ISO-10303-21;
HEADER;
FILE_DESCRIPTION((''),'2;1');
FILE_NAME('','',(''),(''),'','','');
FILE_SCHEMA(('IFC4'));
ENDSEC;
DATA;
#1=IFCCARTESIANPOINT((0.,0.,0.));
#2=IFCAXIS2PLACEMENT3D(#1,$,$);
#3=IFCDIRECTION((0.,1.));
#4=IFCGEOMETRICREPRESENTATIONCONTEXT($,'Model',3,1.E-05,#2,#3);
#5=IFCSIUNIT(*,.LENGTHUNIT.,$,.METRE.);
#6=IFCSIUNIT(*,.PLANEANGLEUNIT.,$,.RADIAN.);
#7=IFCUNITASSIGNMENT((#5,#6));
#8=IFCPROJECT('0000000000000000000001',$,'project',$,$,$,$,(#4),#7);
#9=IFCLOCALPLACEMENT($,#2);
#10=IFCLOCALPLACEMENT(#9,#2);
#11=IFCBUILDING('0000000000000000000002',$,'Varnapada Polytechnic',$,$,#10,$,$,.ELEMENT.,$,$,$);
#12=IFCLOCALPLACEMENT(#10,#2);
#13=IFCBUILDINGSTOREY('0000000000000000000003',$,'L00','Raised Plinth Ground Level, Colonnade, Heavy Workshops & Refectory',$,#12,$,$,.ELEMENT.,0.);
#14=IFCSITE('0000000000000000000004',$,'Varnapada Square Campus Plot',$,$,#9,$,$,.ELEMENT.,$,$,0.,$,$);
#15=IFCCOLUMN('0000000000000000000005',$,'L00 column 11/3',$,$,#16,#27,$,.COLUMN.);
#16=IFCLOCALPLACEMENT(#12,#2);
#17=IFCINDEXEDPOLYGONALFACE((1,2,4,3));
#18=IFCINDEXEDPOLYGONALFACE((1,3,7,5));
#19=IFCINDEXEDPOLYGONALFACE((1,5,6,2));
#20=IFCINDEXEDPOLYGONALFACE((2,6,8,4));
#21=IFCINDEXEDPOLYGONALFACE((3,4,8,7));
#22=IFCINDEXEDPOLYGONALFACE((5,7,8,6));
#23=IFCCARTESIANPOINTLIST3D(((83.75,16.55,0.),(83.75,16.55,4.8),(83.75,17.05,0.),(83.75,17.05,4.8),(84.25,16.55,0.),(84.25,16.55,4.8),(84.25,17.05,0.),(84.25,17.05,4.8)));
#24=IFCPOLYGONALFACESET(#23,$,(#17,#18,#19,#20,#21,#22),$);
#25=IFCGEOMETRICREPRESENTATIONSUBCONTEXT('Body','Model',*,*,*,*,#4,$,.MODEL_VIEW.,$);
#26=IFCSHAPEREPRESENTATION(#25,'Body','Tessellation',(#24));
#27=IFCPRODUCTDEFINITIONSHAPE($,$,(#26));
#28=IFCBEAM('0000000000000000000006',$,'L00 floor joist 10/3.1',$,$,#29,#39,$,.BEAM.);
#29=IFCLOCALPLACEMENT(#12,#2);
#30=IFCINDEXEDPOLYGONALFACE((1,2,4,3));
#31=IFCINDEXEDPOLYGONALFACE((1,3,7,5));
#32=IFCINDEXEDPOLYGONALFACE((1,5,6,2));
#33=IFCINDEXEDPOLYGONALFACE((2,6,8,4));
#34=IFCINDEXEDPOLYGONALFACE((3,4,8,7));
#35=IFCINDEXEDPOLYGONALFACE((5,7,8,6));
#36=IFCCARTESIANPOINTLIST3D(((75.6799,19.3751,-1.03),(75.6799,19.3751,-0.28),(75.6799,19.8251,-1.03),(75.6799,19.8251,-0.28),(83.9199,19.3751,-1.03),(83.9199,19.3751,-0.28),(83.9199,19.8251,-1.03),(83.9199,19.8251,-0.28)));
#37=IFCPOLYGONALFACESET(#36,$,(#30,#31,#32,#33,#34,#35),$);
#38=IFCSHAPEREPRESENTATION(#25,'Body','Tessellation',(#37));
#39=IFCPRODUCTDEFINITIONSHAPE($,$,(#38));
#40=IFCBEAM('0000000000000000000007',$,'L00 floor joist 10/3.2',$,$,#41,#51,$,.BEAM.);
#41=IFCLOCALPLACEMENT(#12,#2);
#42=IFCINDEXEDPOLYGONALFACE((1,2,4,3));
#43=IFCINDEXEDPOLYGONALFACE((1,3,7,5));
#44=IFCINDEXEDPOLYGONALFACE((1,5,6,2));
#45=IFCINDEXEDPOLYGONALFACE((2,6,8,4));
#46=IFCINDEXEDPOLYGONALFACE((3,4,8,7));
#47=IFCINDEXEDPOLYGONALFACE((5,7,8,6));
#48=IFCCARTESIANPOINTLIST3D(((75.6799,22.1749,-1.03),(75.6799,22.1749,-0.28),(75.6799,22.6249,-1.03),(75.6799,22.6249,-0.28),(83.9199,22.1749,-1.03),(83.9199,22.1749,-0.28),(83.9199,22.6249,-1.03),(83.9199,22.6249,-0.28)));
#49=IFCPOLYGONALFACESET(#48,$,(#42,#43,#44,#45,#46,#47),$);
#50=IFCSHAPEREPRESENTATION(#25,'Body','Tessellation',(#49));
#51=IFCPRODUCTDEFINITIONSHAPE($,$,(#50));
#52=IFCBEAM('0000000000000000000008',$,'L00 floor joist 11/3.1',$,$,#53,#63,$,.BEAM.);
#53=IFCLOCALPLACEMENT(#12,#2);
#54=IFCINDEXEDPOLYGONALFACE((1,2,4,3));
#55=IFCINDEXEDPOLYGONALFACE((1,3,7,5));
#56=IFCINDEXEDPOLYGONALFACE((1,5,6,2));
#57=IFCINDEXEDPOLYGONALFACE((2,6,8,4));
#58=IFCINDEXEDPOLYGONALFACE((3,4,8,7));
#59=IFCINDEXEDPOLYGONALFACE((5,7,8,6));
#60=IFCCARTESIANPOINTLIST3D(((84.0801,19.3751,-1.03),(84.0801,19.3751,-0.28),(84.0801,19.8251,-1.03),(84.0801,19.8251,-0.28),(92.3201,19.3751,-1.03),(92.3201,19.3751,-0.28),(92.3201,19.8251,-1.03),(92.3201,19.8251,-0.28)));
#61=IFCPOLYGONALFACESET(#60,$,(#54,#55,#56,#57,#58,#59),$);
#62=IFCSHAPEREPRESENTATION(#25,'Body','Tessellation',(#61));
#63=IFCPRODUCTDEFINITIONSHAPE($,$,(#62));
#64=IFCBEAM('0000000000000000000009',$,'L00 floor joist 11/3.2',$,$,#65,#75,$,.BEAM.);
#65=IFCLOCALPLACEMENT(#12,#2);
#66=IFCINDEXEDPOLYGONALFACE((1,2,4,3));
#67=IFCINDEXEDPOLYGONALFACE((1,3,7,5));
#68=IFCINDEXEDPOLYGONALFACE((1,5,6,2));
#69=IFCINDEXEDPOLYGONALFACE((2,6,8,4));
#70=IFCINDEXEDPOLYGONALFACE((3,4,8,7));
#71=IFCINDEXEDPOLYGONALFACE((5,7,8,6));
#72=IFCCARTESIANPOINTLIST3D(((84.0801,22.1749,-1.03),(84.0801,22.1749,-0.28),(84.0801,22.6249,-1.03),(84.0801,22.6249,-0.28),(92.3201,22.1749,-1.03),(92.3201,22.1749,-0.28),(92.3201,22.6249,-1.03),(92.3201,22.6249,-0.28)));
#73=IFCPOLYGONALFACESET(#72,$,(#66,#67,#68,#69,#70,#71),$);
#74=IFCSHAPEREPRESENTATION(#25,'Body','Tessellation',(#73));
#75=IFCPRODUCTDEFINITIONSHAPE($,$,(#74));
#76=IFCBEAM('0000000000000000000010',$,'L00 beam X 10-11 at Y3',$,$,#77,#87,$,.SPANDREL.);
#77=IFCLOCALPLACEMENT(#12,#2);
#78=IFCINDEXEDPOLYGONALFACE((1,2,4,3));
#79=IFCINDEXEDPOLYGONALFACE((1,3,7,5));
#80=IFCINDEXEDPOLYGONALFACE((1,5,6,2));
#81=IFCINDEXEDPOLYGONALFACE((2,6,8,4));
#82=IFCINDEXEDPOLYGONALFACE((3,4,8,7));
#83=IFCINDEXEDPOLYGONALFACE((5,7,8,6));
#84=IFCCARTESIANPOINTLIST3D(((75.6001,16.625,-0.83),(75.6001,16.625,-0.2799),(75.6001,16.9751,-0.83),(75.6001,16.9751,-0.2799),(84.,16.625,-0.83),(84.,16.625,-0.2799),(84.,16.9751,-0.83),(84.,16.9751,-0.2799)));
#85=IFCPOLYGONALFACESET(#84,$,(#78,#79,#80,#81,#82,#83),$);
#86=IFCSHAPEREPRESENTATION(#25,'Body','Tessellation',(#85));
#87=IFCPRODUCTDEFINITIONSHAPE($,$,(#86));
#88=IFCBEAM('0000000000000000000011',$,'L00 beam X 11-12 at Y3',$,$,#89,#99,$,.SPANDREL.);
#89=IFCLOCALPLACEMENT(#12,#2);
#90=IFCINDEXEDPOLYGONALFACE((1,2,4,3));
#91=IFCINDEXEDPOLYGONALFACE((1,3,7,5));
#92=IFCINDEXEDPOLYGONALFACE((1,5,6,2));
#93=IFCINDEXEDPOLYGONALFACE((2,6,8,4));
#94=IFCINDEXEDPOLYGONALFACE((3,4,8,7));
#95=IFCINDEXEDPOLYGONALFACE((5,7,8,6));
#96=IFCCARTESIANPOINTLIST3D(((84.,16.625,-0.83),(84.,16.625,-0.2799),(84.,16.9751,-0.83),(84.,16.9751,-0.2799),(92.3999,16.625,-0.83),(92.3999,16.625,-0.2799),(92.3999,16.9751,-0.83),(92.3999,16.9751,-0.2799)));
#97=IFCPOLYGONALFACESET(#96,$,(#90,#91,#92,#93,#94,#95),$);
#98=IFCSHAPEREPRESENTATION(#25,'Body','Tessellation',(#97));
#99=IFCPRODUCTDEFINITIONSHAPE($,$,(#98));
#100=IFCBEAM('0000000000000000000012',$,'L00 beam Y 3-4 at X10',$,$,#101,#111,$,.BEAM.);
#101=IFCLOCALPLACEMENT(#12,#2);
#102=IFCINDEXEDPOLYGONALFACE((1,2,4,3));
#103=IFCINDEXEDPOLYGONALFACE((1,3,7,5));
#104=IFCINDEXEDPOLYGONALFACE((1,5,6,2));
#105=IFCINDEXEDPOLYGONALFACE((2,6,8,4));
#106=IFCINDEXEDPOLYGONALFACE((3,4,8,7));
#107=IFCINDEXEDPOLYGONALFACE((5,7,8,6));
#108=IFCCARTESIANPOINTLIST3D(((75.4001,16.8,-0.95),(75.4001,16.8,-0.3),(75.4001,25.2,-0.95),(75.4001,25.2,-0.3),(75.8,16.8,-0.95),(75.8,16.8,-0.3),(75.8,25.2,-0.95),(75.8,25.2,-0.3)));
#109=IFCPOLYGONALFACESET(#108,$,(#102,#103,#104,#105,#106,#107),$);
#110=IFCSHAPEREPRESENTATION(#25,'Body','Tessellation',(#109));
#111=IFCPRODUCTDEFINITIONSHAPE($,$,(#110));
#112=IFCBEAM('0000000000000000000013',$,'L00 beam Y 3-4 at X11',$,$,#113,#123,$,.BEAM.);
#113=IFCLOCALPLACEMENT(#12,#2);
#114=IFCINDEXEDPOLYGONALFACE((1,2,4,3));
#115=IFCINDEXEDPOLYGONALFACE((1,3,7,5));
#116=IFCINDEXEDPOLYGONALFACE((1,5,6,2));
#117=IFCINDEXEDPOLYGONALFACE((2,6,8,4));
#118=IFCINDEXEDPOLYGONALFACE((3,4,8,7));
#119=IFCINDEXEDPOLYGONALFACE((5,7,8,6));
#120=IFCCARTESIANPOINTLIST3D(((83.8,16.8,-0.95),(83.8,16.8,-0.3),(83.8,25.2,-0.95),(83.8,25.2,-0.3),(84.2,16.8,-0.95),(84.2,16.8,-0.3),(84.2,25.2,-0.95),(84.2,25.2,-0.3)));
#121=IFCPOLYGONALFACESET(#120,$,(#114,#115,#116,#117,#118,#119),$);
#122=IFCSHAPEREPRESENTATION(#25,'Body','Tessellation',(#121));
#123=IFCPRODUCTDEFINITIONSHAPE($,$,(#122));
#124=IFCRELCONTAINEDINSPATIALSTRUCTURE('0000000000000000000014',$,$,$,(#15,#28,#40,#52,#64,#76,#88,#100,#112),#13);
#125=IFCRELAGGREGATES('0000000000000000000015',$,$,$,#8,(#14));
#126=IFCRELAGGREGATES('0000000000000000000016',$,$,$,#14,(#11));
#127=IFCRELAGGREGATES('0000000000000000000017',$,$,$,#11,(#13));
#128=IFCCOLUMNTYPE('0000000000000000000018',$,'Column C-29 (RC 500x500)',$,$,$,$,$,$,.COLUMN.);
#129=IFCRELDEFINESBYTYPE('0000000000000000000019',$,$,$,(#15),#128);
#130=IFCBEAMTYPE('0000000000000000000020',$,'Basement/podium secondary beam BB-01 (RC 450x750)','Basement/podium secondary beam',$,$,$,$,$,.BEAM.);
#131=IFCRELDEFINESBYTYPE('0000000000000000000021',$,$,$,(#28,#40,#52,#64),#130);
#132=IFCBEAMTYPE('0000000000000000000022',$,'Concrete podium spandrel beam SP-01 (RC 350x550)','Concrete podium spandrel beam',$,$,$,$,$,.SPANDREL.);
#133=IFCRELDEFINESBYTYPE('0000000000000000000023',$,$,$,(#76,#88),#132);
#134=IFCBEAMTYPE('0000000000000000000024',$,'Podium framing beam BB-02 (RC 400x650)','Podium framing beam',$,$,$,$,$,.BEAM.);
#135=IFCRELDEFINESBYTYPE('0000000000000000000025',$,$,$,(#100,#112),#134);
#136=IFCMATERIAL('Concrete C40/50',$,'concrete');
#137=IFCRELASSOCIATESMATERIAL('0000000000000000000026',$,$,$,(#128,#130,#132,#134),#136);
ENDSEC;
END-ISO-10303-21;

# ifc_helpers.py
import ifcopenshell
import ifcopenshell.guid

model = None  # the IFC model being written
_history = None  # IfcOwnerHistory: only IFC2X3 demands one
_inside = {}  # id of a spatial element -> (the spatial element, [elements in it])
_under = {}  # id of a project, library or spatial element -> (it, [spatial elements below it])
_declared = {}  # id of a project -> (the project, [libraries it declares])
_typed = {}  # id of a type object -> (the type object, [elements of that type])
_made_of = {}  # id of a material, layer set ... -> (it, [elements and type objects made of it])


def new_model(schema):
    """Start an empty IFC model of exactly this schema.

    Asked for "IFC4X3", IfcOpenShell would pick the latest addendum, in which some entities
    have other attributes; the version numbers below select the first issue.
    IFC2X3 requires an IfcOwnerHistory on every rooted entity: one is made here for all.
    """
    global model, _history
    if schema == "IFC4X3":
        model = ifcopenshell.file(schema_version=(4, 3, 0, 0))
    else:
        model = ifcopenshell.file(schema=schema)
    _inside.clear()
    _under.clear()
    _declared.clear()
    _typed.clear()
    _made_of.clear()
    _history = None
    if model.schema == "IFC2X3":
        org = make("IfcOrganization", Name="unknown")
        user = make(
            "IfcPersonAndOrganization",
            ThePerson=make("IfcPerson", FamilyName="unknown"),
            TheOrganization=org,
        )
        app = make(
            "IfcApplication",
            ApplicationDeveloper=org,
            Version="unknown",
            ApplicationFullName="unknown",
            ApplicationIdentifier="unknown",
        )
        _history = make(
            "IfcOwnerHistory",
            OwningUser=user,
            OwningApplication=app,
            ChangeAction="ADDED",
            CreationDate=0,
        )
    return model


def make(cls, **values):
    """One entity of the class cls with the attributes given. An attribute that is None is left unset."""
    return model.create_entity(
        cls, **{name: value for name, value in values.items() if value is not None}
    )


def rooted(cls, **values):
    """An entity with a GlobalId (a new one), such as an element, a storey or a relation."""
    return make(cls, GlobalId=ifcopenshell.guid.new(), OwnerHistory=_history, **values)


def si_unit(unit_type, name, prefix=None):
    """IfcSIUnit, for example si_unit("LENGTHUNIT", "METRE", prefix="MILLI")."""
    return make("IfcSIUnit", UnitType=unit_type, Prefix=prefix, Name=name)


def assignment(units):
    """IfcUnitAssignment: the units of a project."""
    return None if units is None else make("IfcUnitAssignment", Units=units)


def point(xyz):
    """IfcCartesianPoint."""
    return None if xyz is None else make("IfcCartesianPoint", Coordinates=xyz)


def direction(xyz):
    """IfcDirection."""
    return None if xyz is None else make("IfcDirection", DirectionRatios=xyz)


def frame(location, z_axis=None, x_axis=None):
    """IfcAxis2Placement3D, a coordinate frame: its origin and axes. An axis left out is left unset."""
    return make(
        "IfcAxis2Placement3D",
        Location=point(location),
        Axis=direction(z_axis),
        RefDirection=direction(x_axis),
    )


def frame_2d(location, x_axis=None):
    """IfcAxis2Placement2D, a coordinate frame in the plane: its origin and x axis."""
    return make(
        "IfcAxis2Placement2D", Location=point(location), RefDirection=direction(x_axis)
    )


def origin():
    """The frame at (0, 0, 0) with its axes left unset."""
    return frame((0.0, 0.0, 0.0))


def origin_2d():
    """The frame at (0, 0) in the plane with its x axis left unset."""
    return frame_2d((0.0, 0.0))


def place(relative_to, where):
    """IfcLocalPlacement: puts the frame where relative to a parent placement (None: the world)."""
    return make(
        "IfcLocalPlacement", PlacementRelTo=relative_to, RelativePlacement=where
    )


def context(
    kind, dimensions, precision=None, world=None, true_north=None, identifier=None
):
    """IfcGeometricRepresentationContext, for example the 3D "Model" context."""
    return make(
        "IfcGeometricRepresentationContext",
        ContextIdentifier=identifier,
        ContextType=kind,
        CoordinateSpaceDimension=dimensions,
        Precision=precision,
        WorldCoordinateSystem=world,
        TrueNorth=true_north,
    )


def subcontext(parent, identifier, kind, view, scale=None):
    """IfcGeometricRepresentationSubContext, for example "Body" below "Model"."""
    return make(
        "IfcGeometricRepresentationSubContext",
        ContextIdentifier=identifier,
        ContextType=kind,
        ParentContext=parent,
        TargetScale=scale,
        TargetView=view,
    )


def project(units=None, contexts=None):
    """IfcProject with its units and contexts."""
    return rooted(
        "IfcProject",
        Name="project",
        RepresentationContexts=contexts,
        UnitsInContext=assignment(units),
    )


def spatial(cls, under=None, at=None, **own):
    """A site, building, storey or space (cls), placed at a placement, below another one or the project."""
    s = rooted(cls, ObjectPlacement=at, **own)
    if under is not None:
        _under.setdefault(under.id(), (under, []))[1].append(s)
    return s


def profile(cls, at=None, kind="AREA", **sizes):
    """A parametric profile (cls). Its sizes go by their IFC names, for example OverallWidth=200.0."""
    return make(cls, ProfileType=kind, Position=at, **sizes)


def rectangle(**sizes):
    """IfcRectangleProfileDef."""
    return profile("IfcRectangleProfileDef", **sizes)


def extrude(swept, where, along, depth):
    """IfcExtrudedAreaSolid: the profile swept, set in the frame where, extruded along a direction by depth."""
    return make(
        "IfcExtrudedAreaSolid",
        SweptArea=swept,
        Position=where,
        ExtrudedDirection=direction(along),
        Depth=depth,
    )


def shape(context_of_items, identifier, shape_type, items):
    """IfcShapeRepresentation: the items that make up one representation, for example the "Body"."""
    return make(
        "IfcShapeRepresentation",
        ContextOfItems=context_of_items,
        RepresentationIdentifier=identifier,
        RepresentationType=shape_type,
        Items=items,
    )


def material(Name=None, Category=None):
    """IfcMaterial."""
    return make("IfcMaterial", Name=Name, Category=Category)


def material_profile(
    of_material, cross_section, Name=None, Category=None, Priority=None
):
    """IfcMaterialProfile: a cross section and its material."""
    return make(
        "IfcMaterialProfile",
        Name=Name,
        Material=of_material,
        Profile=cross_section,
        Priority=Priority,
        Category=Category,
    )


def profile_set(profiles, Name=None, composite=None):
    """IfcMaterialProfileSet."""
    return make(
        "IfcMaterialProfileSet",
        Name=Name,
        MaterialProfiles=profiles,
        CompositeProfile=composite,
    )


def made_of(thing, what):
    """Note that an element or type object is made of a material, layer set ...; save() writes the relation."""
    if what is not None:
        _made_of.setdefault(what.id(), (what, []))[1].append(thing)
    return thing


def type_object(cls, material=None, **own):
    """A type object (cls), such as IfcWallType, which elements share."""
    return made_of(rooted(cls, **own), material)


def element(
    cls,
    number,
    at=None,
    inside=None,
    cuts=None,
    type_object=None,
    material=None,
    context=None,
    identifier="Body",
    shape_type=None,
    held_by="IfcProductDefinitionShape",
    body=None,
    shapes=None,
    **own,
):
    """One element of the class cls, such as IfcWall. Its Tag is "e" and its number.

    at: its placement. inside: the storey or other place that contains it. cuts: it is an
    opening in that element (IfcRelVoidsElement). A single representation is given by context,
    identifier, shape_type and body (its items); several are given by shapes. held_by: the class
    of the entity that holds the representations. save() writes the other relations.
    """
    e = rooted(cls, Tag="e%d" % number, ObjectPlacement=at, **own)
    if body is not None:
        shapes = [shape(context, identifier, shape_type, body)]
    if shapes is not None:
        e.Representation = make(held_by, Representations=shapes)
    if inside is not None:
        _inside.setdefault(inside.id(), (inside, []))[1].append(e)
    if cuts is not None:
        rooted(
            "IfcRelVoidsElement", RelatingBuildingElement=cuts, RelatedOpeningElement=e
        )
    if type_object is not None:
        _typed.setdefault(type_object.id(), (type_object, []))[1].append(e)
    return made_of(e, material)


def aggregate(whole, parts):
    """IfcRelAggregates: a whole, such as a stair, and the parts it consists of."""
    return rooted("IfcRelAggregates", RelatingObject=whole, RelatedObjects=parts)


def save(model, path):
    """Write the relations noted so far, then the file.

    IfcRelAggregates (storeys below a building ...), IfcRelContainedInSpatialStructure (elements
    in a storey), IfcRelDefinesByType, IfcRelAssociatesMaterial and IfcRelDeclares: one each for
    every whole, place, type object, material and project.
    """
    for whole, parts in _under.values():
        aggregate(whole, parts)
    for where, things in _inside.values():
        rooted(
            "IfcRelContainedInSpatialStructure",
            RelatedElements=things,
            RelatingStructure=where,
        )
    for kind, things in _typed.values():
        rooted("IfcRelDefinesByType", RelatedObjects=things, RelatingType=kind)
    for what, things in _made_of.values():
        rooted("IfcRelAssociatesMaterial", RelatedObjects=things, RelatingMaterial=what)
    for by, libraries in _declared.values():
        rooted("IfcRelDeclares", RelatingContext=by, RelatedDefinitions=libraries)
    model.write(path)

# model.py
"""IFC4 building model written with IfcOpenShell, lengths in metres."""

from ifc_helpers import new_model, si_unit, direction, frame, origin, origin_2d, place, context, subcontext, project, spatial, rectangle, extrude, material, material_profile, profile_set, type_object, element, save


model = new_model("IFC4")

# Units and contexts
model_context = context("Model", 3, precision=1e-05, world=origin(), true_north=direction((0.0, 1.0)))
body_context = subcontext(model_context, "Body", "Model", "MODEL_VIEW")
ifc_project = project(units=[si_unit("LENGTHUNIT", "METRE"), si_unit("PLANEANGLEUNIT", "RADIAN")], contexts=[model_context])

# Site, building, storey
site_placement = place(None, origin())
site = spatial("IfcSite", under=ifc_project, at=site_placement, Name="Varnapada Square Campus Plot", CompositionType="ELEMENT", RefElevation=0.0)
building_placement = place(site_placement, origin())
building = spatial("IfcBuilding", under=site, at=building_placement, Name="Varnapada Polytechnic", CompositionType="ELEMENT")
storey_placement = place(building_placement, origin())
storey = spatial("IfcBuildingStorey", under=building, at=storey_placement, Name="L00", Description="Raised Plinth Ground Level, Colonnade, Heavy Workshops & Refectory", CompositionType="ELEMENT", Elevation=0.0)

# Column
ifc_material_1 = material(Name="Concrete C40/50", Category="concrete")
ifc_material_profile_1 = material_profile(ifc_material_1, rectangle(XDim=0.5, YDim=0.5, at=origin_2d()), Name="RC 500x500")
ifc_profile_set_1 = profile_set([ifc_material_profile_1], Name="Concrete C40/50")
column_type = type_object("IfcColumnType", Name="Column C-29 (RC 500x500)", PredefinedType="COLUMN", material=ifc_profile_set_1)
column_placement = place(storey_placement, frame((84.0, 16.8, 0.0), z_axis=(0.0, 0.0, 1.0), x_axis=(1.0, 0.0, 0.0)))
element("IfcColumn", 1, at=column_placement, inside=storey, type_object=column_type, Name="L00 column 11/3", PredefinedType="COLUMN", context=body_context, shape_type="SweptSolid", body=[
    extrude(rectangle(XDim=0.5, YDim=0.5, at=origin_2d()), origin(), (0.0, 0.0, 1.0), 4.8),
])

# Beams
ifc_material_profile_2 = material_profile(ifc_material_1, rectangle(XDim=0.45, YDim=0.75, at=origin_2d()), Name="RC 450x750")
ifc_profile_set_2 = profile_set([ifc_material_profile_2], Name="Concrete C40/50")
beam_type_1 = type_object("IfcBeamType", Name="Basement/podium secondary beam BB-01 (RC 450x750)", Description="Basement/podium secondary beam", PredefinedType="BEAM", material=ifc_profile_set_2)
for number, where, z_axis, x_axis, name in (
    (2, (75.6799, 19.6001, -0.655), (1.0, 0.0, 0.0), (0.0, 1.0, 0.0), "L00 floor joist 10/3.1"),
    (3, (75.6799, 22.3999, -0.655), (1.0, 0.0, 0.0), (0.0, 1.0, 0.0), "L00 floor joist 10/3.2"),
    (4, (84.0801, 19.6001, -0.655), (1.0, 0.0, 0.0), (0.0, 1.0, 0.0), "L00 floor joist 11/3.1"),
    (5, (84.0801, 22.3999, -0.655), (1.0, 0.0, 0.0), (0.0, 1.0, 0.0), "L00 floor joist 11/3.2"),
):
    element("IfcBeam", number, at=place(storey_placement, frame(where, z_axis=z_axis, x_axis=x_axis)), inside=storey, type_object=beam_type_1, Name=name, PredefinedType="BEAM", context=body_context, shape_type="SweptSolid", body=[
        extrude(rectangle(XDim=0.45, YDim=0.75, at=origin_2d()), origin(), (0.0, 0.0, 1.0), 8.24),
    ])
ifc_material_profile_3 = material_profile(ifc_material_1, rectangle(XDim=0.3501, YDim=0.55, at=origin_2d()), Name="RC 350x550")
ifc_profile_set_3 = profile_set([ifc_material_profile_3], Name="Concrete C40/50")
beam_type_2 = type_object("IfcBeamType", Name="Concrete podium spandrel beam SP-01 (RC 350x550)", Description="Concrete podium spandrel beam", PredefinedType="SPANDREL", material=ifc_profile_set_3)
for number, where, z_axis, x_axis, name in (
    (6, (75.6001, 16.8, -0.5549), (1.0, 0.0, 0.0), (0.0, 1.0, 0.0), "L00 beam X 10-11 at Y3"),
    (7, (84.0, 16.8, -0.5549), (1.0, 0.0, 0.0), (0.0, 1.0, 0.0), "L00 beam X 11-12 at Y3"),
):
    element("IfcBeam", number, at=place(storey_placement, frame(where, z_axis=z_axis, x_axis=x_axis)), inside=storey, type_object=beam_type_2, Name=name, PredefinedType="SPANDREL", context=body_context, shape_type="SweptSolid", body=[
        extrude(rectangle(XDim=0.3501, YDim=0.55, at=origin_2d()), origin(), (0.0, 0.0, 1.0), 8.3999),
    ])
ifc_material_profile_4 = material_profile(ifc_material_1, rectangle(XDim=0.3999, YDim=0.6499, at=origin_2d()), Name="RC 400x650")
ifc_profile_set_4 = profile_set([ifc_material_profile_4], Name="Concrete C40/50")
beam_type_3 = type_object("IfcBeamType", Name="Podium framing beam BB-02 (RC 400x650)", Description="Podium framing beam", PredefinedType="BEAM", material=ifc_profile_set_4)
for number, where, z_axis, x_axis, name in (
    (8, (75.6001, 16.8, -0.625), (0.0, 1.0, 0.0), (-1.0, 0.0, 0.0), "L00 beam Y 3-4 at X10"),
    (9, (84.0, 16.8, -0.625), (0.0, 1.0, 0.0), (-1.0, 0.0, 0.0), "L00 beam Y 3-4 at X11"),
):
    element("IfcBeam", number, at=place(storey_placement, frame(where, z_axis=z_axis, x_axis=x_axis)), inside=storey, type_object=beam_type_3, Name=name, PredefinedType="BEAM", context=body_context, shape_type="SweptSolid", body=[
        extrude(rectangle(XDim=0.3999, YDim=0.6499, at=origin_2d()), origin(), (0.0, 0.0, 1.0), 8.3999),
    ])

save(model, "model.ifc")
